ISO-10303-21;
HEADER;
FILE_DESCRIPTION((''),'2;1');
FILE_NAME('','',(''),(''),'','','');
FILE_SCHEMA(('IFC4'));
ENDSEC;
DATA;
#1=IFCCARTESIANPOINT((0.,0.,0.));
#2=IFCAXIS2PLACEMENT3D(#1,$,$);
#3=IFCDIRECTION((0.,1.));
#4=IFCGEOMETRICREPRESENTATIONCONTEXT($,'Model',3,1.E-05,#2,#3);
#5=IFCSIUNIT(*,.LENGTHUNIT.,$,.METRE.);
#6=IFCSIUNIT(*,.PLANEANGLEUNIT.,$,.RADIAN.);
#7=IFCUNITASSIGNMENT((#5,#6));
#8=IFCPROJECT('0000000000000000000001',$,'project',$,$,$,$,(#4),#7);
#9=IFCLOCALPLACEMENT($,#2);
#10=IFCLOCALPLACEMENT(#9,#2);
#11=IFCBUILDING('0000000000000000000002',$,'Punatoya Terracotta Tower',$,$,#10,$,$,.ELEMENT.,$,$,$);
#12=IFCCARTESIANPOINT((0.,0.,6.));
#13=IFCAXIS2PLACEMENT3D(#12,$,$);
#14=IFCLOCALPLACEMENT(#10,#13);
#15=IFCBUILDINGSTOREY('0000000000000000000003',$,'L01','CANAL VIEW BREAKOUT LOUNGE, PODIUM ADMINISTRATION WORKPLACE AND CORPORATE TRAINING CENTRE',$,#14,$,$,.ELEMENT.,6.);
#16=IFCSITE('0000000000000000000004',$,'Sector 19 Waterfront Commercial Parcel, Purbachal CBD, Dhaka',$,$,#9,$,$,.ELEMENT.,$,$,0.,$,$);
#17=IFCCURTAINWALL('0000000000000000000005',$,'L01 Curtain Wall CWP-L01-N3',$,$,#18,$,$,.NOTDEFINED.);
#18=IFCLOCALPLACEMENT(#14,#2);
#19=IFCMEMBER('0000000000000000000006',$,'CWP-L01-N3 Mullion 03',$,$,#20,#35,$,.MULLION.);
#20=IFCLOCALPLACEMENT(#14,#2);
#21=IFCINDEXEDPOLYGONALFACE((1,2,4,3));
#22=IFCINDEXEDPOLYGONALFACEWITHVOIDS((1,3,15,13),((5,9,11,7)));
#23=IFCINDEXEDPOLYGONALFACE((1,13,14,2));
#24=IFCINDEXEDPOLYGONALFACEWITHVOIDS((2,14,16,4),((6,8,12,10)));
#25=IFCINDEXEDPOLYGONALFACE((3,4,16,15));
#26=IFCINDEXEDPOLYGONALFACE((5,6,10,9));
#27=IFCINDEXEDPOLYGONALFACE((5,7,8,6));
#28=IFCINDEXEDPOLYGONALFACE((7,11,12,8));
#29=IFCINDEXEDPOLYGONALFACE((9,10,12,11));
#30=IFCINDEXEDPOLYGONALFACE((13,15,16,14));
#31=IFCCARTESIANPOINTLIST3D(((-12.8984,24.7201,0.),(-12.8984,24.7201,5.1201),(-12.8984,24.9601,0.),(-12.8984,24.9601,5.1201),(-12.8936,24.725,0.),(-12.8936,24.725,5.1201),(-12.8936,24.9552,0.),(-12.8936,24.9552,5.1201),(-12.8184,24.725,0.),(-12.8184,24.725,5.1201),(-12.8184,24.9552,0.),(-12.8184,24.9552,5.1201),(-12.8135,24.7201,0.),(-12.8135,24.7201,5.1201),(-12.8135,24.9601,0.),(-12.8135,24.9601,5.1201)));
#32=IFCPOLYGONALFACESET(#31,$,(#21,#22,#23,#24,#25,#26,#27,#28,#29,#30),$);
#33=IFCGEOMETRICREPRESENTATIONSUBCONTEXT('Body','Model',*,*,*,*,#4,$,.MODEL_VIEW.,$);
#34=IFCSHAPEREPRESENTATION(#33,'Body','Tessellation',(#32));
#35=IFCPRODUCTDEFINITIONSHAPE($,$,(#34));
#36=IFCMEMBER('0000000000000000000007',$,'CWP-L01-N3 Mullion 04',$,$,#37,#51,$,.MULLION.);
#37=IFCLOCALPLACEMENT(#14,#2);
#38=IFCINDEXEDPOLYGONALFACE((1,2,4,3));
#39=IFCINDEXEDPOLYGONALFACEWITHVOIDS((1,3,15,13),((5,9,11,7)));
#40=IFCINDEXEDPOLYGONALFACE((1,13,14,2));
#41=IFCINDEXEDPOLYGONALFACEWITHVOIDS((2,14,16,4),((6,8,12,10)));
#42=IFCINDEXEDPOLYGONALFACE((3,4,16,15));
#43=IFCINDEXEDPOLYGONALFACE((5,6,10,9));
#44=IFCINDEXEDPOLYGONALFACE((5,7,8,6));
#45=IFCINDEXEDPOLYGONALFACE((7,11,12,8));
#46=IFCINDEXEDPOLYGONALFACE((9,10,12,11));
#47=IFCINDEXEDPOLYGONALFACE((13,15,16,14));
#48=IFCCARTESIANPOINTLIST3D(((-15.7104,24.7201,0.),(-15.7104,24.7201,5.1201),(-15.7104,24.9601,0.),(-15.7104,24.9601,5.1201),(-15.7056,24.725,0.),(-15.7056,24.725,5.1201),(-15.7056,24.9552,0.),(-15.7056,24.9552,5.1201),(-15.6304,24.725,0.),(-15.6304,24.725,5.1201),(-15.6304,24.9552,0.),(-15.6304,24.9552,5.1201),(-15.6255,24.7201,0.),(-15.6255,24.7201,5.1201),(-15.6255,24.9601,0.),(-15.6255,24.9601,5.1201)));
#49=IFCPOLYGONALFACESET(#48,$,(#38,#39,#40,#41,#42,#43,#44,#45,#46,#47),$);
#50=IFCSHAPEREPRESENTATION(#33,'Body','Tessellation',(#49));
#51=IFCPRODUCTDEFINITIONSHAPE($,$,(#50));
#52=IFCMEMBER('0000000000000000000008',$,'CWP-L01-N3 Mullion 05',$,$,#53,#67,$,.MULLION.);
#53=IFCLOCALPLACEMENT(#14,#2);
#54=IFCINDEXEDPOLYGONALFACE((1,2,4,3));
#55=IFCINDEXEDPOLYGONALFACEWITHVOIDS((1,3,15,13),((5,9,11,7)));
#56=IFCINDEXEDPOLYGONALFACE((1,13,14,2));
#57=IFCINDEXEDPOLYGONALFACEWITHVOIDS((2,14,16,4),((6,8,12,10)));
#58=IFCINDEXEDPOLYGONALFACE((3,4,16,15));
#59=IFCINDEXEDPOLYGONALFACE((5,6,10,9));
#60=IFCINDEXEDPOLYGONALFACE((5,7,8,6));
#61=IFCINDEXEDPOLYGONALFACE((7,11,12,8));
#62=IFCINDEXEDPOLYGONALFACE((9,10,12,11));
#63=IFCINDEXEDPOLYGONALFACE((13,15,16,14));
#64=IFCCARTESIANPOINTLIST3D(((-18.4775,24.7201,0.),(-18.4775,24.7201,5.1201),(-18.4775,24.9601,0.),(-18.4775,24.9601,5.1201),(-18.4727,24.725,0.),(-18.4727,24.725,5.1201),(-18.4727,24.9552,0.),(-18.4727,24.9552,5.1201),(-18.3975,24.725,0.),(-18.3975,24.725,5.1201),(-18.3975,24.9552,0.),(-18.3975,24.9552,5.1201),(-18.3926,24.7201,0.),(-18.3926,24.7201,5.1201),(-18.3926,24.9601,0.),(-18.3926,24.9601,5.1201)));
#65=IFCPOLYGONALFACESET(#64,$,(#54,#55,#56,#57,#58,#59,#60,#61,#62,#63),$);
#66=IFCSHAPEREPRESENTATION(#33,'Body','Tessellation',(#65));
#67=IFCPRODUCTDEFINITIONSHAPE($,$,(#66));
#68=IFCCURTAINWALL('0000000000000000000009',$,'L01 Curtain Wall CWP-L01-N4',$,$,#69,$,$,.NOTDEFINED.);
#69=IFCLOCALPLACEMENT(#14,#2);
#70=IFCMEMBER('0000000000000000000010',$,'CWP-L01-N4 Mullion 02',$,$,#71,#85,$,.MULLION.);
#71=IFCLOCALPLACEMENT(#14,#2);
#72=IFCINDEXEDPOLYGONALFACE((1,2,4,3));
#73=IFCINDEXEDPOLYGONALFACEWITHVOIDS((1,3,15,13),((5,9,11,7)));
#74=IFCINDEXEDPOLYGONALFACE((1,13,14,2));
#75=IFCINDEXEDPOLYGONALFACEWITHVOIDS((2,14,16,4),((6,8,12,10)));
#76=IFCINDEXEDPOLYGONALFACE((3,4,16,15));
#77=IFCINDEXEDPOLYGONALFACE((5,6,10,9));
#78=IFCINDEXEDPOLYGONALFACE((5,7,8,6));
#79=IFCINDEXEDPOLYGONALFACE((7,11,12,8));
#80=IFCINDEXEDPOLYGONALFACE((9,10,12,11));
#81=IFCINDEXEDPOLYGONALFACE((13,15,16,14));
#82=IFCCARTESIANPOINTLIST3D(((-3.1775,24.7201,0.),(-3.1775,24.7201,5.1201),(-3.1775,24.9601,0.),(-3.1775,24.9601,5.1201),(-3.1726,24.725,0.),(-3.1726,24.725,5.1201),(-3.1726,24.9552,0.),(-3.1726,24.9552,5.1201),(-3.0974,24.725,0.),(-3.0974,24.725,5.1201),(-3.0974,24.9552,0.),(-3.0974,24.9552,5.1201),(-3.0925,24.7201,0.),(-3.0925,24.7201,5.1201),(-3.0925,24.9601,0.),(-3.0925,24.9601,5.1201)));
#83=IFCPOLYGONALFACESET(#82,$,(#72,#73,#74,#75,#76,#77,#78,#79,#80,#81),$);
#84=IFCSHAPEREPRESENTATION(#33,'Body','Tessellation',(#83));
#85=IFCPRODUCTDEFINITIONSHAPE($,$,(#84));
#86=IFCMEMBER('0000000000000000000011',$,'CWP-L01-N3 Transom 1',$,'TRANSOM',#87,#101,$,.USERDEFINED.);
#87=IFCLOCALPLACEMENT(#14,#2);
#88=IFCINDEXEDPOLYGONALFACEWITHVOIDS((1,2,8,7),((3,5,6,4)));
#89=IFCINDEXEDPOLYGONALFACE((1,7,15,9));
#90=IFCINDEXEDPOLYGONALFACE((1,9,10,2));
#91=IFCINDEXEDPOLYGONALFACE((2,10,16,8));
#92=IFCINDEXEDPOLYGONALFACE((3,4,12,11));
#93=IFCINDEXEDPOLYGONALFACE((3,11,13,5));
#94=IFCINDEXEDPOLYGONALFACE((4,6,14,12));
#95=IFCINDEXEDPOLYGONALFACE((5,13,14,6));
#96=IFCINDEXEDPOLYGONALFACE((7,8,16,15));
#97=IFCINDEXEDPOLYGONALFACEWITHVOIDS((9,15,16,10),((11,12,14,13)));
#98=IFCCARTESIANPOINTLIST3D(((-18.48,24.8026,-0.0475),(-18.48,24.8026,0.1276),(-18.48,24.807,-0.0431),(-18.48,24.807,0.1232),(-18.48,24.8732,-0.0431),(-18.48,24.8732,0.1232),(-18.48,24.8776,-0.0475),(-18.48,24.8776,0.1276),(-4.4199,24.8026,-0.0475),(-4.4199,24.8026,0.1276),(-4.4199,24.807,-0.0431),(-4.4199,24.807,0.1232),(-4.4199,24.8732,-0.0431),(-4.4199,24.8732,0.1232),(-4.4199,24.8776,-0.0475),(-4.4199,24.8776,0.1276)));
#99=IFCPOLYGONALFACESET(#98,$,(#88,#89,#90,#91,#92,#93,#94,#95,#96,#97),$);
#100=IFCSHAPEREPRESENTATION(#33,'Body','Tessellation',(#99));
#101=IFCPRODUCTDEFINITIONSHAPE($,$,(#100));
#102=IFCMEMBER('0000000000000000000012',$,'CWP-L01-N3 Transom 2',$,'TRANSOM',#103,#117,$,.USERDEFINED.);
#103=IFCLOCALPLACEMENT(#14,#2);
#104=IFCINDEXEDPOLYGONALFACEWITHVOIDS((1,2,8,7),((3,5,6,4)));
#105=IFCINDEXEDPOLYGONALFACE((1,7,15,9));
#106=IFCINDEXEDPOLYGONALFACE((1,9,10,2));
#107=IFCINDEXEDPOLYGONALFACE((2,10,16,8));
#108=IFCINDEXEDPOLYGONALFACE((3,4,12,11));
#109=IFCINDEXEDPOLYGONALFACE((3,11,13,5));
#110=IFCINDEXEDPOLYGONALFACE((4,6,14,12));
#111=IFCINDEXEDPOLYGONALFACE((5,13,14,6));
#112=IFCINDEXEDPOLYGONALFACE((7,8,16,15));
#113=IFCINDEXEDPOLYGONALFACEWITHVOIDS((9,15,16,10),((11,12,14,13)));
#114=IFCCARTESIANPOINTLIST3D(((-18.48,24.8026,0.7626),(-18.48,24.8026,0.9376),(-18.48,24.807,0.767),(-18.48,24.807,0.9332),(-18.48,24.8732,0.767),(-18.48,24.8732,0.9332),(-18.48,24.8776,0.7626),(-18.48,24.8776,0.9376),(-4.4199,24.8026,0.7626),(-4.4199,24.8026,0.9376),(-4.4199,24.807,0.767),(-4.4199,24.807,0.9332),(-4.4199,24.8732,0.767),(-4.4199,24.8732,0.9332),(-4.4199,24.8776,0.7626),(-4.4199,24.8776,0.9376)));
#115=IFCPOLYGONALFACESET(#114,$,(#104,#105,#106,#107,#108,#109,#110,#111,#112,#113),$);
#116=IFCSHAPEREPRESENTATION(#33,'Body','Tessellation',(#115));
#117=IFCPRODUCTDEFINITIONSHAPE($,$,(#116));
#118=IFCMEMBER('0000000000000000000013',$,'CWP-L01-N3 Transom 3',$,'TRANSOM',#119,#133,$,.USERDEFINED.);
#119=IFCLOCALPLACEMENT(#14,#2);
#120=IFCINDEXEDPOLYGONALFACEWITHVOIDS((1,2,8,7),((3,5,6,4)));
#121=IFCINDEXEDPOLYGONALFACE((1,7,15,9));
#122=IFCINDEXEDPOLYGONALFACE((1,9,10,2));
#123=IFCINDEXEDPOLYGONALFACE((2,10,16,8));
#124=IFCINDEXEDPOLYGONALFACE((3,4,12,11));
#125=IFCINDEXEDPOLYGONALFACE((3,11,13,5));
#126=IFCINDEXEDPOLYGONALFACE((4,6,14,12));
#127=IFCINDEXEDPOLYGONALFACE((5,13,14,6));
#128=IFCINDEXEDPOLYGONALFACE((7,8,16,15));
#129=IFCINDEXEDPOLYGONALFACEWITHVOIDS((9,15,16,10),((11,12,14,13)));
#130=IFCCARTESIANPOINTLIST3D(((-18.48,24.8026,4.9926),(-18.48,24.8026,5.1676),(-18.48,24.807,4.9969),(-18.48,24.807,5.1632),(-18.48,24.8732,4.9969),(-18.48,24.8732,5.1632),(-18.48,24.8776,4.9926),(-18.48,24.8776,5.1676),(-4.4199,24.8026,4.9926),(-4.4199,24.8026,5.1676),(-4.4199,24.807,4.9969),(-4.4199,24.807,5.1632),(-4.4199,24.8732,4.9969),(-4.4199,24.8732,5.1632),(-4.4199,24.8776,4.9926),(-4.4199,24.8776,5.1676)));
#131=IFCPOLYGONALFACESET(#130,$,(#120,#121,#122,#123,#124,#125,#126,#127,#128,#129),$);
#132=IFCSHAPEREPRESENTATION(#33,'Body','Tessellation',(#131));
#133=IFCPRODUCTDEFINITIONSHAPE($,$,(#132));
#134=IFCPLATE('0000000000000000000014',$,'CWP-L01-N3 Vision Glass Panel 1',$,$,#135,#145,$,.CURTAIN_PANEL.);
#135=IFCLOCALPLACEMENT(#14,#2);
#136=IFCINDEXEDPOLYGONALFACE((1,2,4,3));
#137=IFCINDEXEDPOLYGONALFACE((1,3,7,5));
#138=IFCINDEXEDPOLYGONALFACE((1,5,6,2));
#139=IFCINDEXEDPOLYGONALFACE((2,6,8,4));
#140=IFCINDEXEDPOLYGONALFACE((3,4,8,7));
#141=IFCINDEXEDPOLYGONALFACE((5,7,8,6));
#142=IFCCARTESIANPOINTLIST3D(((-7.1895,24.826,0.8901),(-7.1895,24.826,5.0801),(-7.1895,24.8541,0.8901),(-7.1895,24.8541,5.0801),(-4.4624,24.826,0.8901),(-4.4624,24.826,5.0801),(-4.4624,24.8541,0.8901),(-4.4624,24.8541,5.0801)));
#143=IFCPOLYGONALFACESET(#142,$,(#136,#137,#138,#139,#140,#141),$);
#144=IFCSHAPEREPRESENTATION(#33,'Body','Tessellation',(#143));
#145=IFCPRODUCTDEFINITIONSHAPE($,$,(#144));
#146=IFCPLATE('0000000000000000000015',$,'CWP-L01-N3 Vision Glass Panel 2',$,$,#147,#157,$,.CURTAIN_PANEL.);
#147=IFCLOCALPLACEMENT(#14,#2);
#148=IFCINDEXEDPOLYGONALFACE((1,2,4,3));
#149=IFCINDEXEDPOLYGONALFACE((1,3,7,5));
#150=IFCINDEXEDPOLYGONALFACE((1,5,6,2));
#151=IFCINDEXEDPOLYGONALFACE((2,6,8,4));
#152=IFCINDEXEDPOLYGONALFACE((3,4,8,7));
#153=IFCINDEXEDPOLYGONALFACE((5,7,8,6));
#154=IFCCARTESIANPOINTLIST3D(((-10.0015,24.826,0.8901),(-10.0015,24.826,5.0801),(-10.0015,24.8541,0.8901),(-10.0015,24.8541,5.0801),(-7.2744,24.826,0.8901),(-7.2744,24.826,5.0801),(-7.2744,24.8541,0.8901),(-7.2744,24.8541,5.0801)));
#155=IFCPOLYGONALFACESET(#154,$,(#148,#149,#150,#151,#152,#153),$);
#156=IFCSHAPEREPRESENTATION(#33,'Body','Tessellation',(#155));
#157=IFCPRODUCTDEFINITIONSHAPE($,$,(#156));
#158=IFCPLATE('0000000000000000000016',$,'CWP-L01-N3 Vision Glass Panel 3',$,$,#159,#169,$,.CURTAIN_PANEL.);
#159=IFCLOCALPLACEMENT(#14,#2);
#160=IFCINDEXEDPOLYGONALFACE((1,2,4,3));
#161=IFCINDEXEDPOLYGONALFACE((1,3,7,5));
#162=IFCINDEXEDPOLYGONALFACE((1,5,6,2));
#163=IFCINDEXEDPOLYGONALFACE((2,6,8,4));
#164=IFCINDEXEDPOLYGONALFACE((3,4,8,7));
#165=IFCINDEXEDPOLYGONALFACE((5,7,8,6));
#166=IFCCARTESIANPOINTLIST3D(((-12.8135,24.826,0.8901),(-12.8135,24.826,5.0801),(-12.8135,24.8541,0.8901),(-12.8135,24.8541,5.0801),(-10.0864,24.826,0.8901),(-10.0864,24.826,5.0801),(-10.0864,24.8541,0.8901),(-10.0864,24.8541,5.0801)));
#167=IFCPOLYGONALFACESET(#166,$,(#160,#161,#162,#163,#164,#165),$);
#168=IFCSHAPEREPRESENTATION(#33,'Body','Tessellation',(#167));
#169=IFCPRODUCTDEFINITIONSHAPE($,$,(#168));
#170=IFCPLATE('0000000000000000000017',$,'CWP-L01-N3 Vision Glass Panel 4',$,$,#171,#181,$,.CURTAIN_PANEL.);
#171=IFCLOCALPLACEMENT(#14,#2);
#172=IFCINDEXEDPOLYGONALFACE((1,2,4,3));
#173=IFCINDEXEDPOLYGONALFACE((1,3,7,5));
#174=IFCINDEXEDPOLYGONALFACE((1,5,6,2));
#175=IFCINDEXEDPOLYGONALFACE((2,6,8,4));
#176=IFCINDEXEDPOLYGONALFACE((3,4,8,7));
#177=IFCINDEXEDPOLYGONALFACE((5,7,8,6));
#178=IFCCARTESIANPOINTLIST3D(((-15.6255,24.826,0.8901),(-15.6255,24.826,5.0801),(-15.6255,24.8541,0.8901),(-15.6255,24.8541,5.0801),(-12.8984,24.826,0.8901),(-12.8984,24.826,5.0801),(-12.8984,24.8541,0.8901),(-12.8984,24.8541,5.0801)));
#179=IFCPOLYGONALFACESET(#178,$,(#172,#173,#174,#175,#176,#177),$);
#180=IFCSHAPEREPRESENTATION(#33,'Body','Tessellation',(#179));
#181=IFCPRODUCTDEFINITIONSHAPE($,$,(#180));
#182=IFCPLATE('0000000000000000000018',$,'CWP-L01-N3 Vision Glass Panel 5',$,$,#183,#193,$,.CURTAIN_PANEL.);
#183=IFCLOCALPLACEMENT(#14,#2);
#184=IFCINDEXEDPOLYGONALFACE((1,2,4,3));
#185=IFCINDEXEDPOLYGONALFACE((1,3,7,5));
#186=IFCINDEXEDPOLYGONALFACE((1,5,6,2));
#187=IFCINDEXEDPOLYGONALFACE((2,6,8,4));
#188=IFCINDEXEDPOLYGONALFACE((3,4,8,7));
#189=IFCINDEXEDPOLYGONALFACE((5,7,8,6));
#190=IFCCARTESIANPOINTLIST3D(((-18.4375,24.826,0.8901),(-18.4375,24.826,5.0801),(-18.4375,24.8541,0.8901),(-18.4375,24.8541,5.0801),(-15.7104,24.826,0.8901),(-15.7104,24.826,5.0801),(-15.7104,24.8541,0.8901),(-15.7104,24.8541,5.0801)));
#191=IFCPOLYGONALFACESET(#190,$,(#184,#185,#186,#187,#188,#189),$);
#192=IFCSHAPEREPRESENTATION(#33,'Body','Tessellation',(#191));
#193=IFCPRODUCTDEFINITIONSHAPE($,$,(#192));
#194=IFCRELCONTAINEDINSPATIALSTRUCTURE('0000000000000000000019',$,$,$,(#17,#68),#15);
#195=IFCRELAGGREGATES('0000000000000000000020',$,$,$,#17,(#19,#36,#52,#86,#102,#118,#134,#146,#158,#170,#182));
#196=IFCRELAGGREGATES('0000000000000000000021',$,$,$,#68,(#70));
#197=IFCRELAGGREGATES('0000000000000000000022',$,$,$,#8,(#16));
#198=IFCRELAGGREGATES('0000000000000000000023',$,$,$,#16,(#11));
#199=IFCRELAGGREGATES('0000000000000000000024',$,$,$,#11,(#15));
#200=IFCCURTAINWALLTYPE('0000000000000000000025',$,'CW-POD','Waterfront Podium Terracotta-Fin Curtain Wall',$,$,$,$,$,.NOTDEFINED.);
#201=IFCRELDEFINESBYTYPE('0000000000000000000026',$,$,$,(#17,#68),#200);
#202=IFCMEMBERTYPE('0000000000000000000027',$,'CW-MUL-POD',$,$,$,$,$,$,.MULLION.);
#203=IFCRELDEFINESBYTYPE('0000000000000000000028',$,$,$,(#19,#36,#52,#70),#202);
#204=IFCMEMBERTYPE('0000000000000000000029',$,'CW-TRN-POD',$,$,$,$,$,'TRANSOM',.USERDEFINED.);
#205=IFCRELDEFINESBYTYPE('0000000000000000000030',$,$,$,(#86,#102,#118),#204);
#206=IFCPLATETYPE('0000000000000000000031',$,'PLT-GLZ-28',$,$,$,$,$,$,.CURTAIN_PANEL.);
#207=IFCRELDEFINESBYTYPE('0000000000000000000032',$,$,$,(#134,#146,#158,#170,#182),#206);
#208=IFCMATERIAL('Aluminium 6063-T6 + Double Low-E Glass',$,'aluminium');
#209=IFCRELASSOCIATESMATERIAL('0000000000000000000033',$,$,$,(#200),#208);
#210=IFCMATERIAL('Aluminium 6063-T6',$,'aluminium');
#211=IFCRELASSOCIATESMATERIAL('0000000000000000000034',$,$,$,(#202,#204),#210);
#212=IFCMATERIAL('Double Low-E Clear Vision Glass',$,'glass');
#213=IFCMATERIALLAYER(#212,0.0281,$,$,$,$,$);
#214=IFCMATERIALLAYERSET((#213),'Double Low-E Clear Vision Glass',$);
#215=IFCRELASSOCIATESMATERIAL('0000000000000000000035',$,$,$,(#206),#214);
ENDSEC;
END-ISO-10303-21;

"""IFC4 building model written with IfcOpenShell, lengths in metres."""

from ifc_helpers import new_model, si_unit, direction, frame, origin, origin_2d, place, context, subcontext, project, spatial, rectangle, hollow_rectangle, extrude, material, layer, layer_set, material_profile, profile_set, type_object, element, aggregate, save


model = new_model("IFC4")

# Units and contexts
model_context = context("Model", 3, precision=1e-05, world=origin(), true_north=direction((0.0, 1.0)))
body_context = subcontext(model_context, "Body", "Model", "MODEL_VIEW")
ifc_project = project(units=[si_unit("LENGTHUNIT", "METRE"), si_unit("PLANEANGLEUNIT", "RADIAN")], contexts=[model_context])

# Site, building, storey
site_placement = place(None, origin())
site = spatial("IfcSite", under=ifc_project, at=site_placement, Name="Sector 19 Waterfront Commercial Parcel, Purbachal CBD, Dhaka", CompositionType="ELEMENT", RefElevation=0.0)
building_placement = place(site_placement, origin())
building = spatial("IfcBuilding", under=site, at=building_placement, Name="Punatoya Terracotta Tower", CompositionType="ELEMENT")
storey_placement = place(building_placement, frame((0.0, 0.0, 6.0)))
storey = spatial("IfcBuildingStorey", under=building, at=storey_placement, Name="L01", Description="CANAL VIEW BREAKOUT LOUNGE, PODIUM ADMINISTRATION WORKPLACE AND CORPORATE TRAINING CENTRE", CompositionType="ELEMENT", Elevation=6.0)

# Curtain wall, members
ifc_material_1 = material(Name="Aluminium 6063-T6 + Double Low-E Glass", Category="aluminium")
curtain_wall_type = type_object("IfcCurtainWallType", Name="CW-POD", Description="Waterfront Podium Terracotta-Fin Curtain Wall", PredefinedType="NOTDEFINED", material=ifc_material_1)
curtain_wall_1_placement = place(storey_placement, origin())
curtain_wall_1 = element("IfcCurtainWall", 1, at=curtain_wall_1_placement, inside=storey, type_object=curtain_wall_type, Name="L01 Curtain Wall CWP-L01-N3", PredefinedType="NOTDEFINED")
ifc_material_2 = material(Name="Aluminium 6063-T6", Category="aluminium")
ifc_material_profile_1 = material_profile(ifc_material_2, hollow_rectangle(XDim=0.085, YDim=0.24, WallThickness=0.0049, at=origin_2d()))
ifc_profile_set_1 = profile_set([ifc_material_profile_1], Name="Aluminium 6063-T6")
member_type_1 = type_object("IfcMemberType", Name="CW-MUL-POD", PredefinedType="MULLION", material=ifc_profile_set_1)
member_1_placement = place(storey_placement, frame((-12.856, 24.8401, 0.0), z_axis=(0.0, 0.0, 1.0), x_axis=(1.0, 0.0, 0.0)))
member_1 = element("IfcMember", 2, at=member_1_placement, type_object=member_type_1, Name="CWP-L01-N3 Mullion 03", PredefinedType="MULLION", context=body_context, shape_type="SweptSolid", body=[
    extrude(hollow_rectangle(XDim=0.085, YDim=0.24, WallThickness=0.0049, at=origin_2d()), origin(), (0.0, 0.0, 1.0), 5.1201),
])
member_2_placement = place(storey_placement, frame((-15.668, 24.8401, 0.0), z_axis=(0.0, 0.0, 1.0), x_axis=(1.0, 0.0, 0.0)))
member_2 = element("IfcMember", 3, at=member_2_placement, type_object=member_type_1, Name="CWP-L01-N3 Mullion 04", PredefinedType="MULLION", context=body_context, shape_type="SweptSolid", body=[
    extrude(hollow_rectangle(XDim=0.085, YDim=0.24, WallThickness=0.0049, at=origin_2d()), origin(), (0.0, 0.0, 1.0), 5.1201),
])
member_3_placement = place(storey_placement, frame((-18.4351, 24.8401, 0.0), z_axis=(0.0, 0.0, 1.0), x_axis=(1.0, 0.0, 0.0)))
member_3 = element("IfcMember", 4, at=member_3_placement, type_object=member_type_1, Name="CWP-L01-N3 Mullion 05", PredefinedType="MULLION", context=body_context, shape_type="SweptSolid", body=[
    extrude(hollow_rectangle(XDim=0.085, YDim=0.24, WallThickness=0.0049, at=origin_2d()), origin(), (0.0, 0.0, 1.0), 5.1201),
])

# Curtain wall, member
curtain_wall_2_placement = place(storey_placement, origin())
curtain_wall_2 = element("IfcCurtainWall", 5, at=curtain_wall_2_placement, inside=storey, type_object=curtain_wall_type, Name="L01 Curtain Wall CWP-L01-N4", PredefinedType="NOTDEFINED")
member_4_placement = place(storey_placement, frame((-3.135, 24.8401, 0.0), z_axis=(0.0, 0.0, 1.0), x_axis=(1.0, 0.0, 0.0)))
member_4 = element("IfcMember", 6, at=member_4_placement, type_object=member_type_1, Name="CWP-L01-N4 Mullion 02", PredefinedType="MULLION", context=body_context, shape_type="SweptSolid", body=[
    extrude(hollow_rectangle(XDim=0.085, YDim=0.24, WallThickness=0.0049, at=origin_2d()), origin(), (0.0, 0.0, 1.0), 5.1201),
])

# Members
ifc_material_profile_2 = material_profile(ifc_material_2, hollow_rectangle(XDim=0.075, YDim=0.175, WallThickness=0.0044, at=origin_2d()))
ifc_profile_set_2 = profile_set([ifc_material_profile_2], Name="Aluminium 6063-T6")
member_type_2 = type_object("IfcMemberType", Name="CW-TRN-POD", ElementType="TRANSOM", PredefinedType="USERDEFINED", material=ifc_profile_set_2)
member_5_placement = place(storey_placement, frame((-4.4199, 24.8401, 0.04), z_axis=(-1.0, 0.0, 0.0), x_axis=(0.0, -1.0, 0.0)))
member_5 = element("IfcMember", 7, at=member_5_placement, type_object=member_type_2, Name="CWP-L01-N3 Transom 1", ObjectType="TRANSOM", PredefinedType="USERDEFINED", context=body_context, shape_type="SweptSolid", body=[
    extrude(hollow_rectangle(XDim=0.075, YDim=0.175, WallThickness=0.0044, at=origin_2d()), origin(), (0.0, 0.0, 1.0), 14.0601),
])
member_6_placement = place(storey_placement, frame((-4.4199, 24.8401, 0.8501), z_axis=(-1.0, 0.0, 0.0), x_axis=(0.0, -1.0, 0.0)))
member_6 = element("IfcMember", 8, at=member_6_placement, type_object=member_type_2, Name="CWP-L01-N3 Transom 2", ObjectType="TRANSOM", PredefinedType="USERDEFINED", context=body_context, shape_type="SweptSolid", body=[
    extrude(hollow_rectangle(XDim=0.075, YDim=0.175, WallThickness=0.0044, at=origin_2d()), origin(), (0.0, 0.0, 1.0), 14.0601),
])
member_7_placement = place(storey_placement, frame((-4.4199, 24.8401, 5.0801), z_axis=(-1.0, 0.0, 0.0), x_axis=(0.0, -1.0, 0.0)))
member_7 = element("IfcMember", 9, at=member_7_placement, type_object=member_type_2, Name="CWP-L01-N3 Transom 3", ObjectType="TRANSOM", PredefinedType="USERDEFINED", context=body_context, shape_type="SweptSolid", body=[
    extrude(hollow_rectangle(XDim=0.075, YDim=0.175, WallThickness=0.0044, at=origin_2d()), origin(), (0.0, 0.0, 1.0), 14.0601),
])

# Plates
ifc_material_3 = material(Name="Double Low-E Clear Vision Glass", Category="glass")
ifc_layer_1 = layer(ifc_material_3, 0.0281)
ifc_layer_set_1 = layer_set([ifc_layer_1], Name="Double Low-E Clear Vision Glass")
plate_type_1 = type_object("IfcPlateType", Name="PLT-GLZ-28", PredefinedType="CURTAIN_PANEL", material=ifc_layer_set_1)
plate_1_placement = place(storey_placement, frame((-5.8259, 24.8401, 0.8901), z_axis=(0.0, 0.0, 1.0), x_axis=(-1.0, 0.0, 0.0)))
plate_1 = element("IfcPlate", 10, at=plate_1_placement, type_object=plate_type_1, Name="CWP-L01-N3 Vision Glass Panel 1", PredefinedType="CURTAIN_PANEL", context=body_context, shape_type="SweptSolid", body=[
    extrude(rectangle(XDim=2.7271, YDim=0.0281, at=origin_2d()), origin(), (0.0, 0.0, 1.0), 4.1899),
])
plate_2_placement = place(storey_placement, frame((-8.6379, 24.8401, 0.8901), z_axis=(0.0, 0.0, 1.0), x_axis=(-1.0, 0.0, 0.0)))
plate_2 = element("IfcPlate", 11, at=plate_2_placement, type_object=plate_type_1, Name="CWP-L01-N3 Vision Glass Panel 2", PredefinedType="CURTAIN_PANEL", context=body_context, shape_type="SweptSolid", body=[
    extrude(rectangle(XDim=2.7271, YDim=0.0281, at=origin_2d()), origin(), (0.0, 0.0, 1.0), 4.1899),
])
plate_3_placement = place(storey_placement, frame((-11.45, 24.8401, 0.8901), z_axis=(0.0, 0.0, 1.0), x_axis=(-1.0, 0.0, 0.0)))
plate_3 = element("IfcPlate", 12, at=plate_3_placement, type_object=plate_type_1, Name="CWP-L01-N3 Vision Glass Panel 3", PredefinedType="CURTAIN_PANEL", context=body_context, shape_type="SweptSolid", body=[
    extrude(rectangle(XDim=2.7271, YDim=0.0281, at=origin_2d()), origin(), (0.0, 0.0, 1.0), 4.1899),
])
plate_4_placement = place(storey_placement, frame((-14.262, 24.8401, 0.8901), z_axis=(0.0, 0.0, 1.0), x_axis=(-1.0, 0.0, 0.0)))
plate_4 = element("IfcPlate", 13, at=plate_4_placement, type_object=plate_type_1, Name="CWP-L01-N3 Vision Glass Panel 4", PredefinedType="CURTAIN_PANEL", context=body_context, shape_type="SweptSolid", body=[
    extrude(rectangle(XDim=2.7271, YDim=0.0281, at=origin_2d()), origin(), (0.0, 0.0, 1.0), 4.1899),
])
plate_5_placement = place(storey_placement, frame((-17.074, 24.8401, 0.8901), z_axis=(0.0, 0.0, 1.0), x_axis=(-1.0, 0.0, 0.0)))
plate_5 = element("IfcPlate", 14, at=plate_5_placement, type_object=plate_type_1, Name="CWP-L01-N3 Vision Glass Panel 5", PredefinedType="CURTAIN_PANEL", context=body_context, shape_type="SweptSolid", body=[
    extrude(rectangle(XDim=2.7271, YDim=0.0281, at=origin_2d()), origin(), (0.0, 0.0, 1.0), 4.1899),
])
aggregate(curtain_wall_1, [member_1, member_2, member_3, member_5, member_6, member_7, plate_1, plate_2, plate_3, plate_4, plate_5])
aggregate(curtain_wall_2, [member_4])

save(model, "model.ifc")
